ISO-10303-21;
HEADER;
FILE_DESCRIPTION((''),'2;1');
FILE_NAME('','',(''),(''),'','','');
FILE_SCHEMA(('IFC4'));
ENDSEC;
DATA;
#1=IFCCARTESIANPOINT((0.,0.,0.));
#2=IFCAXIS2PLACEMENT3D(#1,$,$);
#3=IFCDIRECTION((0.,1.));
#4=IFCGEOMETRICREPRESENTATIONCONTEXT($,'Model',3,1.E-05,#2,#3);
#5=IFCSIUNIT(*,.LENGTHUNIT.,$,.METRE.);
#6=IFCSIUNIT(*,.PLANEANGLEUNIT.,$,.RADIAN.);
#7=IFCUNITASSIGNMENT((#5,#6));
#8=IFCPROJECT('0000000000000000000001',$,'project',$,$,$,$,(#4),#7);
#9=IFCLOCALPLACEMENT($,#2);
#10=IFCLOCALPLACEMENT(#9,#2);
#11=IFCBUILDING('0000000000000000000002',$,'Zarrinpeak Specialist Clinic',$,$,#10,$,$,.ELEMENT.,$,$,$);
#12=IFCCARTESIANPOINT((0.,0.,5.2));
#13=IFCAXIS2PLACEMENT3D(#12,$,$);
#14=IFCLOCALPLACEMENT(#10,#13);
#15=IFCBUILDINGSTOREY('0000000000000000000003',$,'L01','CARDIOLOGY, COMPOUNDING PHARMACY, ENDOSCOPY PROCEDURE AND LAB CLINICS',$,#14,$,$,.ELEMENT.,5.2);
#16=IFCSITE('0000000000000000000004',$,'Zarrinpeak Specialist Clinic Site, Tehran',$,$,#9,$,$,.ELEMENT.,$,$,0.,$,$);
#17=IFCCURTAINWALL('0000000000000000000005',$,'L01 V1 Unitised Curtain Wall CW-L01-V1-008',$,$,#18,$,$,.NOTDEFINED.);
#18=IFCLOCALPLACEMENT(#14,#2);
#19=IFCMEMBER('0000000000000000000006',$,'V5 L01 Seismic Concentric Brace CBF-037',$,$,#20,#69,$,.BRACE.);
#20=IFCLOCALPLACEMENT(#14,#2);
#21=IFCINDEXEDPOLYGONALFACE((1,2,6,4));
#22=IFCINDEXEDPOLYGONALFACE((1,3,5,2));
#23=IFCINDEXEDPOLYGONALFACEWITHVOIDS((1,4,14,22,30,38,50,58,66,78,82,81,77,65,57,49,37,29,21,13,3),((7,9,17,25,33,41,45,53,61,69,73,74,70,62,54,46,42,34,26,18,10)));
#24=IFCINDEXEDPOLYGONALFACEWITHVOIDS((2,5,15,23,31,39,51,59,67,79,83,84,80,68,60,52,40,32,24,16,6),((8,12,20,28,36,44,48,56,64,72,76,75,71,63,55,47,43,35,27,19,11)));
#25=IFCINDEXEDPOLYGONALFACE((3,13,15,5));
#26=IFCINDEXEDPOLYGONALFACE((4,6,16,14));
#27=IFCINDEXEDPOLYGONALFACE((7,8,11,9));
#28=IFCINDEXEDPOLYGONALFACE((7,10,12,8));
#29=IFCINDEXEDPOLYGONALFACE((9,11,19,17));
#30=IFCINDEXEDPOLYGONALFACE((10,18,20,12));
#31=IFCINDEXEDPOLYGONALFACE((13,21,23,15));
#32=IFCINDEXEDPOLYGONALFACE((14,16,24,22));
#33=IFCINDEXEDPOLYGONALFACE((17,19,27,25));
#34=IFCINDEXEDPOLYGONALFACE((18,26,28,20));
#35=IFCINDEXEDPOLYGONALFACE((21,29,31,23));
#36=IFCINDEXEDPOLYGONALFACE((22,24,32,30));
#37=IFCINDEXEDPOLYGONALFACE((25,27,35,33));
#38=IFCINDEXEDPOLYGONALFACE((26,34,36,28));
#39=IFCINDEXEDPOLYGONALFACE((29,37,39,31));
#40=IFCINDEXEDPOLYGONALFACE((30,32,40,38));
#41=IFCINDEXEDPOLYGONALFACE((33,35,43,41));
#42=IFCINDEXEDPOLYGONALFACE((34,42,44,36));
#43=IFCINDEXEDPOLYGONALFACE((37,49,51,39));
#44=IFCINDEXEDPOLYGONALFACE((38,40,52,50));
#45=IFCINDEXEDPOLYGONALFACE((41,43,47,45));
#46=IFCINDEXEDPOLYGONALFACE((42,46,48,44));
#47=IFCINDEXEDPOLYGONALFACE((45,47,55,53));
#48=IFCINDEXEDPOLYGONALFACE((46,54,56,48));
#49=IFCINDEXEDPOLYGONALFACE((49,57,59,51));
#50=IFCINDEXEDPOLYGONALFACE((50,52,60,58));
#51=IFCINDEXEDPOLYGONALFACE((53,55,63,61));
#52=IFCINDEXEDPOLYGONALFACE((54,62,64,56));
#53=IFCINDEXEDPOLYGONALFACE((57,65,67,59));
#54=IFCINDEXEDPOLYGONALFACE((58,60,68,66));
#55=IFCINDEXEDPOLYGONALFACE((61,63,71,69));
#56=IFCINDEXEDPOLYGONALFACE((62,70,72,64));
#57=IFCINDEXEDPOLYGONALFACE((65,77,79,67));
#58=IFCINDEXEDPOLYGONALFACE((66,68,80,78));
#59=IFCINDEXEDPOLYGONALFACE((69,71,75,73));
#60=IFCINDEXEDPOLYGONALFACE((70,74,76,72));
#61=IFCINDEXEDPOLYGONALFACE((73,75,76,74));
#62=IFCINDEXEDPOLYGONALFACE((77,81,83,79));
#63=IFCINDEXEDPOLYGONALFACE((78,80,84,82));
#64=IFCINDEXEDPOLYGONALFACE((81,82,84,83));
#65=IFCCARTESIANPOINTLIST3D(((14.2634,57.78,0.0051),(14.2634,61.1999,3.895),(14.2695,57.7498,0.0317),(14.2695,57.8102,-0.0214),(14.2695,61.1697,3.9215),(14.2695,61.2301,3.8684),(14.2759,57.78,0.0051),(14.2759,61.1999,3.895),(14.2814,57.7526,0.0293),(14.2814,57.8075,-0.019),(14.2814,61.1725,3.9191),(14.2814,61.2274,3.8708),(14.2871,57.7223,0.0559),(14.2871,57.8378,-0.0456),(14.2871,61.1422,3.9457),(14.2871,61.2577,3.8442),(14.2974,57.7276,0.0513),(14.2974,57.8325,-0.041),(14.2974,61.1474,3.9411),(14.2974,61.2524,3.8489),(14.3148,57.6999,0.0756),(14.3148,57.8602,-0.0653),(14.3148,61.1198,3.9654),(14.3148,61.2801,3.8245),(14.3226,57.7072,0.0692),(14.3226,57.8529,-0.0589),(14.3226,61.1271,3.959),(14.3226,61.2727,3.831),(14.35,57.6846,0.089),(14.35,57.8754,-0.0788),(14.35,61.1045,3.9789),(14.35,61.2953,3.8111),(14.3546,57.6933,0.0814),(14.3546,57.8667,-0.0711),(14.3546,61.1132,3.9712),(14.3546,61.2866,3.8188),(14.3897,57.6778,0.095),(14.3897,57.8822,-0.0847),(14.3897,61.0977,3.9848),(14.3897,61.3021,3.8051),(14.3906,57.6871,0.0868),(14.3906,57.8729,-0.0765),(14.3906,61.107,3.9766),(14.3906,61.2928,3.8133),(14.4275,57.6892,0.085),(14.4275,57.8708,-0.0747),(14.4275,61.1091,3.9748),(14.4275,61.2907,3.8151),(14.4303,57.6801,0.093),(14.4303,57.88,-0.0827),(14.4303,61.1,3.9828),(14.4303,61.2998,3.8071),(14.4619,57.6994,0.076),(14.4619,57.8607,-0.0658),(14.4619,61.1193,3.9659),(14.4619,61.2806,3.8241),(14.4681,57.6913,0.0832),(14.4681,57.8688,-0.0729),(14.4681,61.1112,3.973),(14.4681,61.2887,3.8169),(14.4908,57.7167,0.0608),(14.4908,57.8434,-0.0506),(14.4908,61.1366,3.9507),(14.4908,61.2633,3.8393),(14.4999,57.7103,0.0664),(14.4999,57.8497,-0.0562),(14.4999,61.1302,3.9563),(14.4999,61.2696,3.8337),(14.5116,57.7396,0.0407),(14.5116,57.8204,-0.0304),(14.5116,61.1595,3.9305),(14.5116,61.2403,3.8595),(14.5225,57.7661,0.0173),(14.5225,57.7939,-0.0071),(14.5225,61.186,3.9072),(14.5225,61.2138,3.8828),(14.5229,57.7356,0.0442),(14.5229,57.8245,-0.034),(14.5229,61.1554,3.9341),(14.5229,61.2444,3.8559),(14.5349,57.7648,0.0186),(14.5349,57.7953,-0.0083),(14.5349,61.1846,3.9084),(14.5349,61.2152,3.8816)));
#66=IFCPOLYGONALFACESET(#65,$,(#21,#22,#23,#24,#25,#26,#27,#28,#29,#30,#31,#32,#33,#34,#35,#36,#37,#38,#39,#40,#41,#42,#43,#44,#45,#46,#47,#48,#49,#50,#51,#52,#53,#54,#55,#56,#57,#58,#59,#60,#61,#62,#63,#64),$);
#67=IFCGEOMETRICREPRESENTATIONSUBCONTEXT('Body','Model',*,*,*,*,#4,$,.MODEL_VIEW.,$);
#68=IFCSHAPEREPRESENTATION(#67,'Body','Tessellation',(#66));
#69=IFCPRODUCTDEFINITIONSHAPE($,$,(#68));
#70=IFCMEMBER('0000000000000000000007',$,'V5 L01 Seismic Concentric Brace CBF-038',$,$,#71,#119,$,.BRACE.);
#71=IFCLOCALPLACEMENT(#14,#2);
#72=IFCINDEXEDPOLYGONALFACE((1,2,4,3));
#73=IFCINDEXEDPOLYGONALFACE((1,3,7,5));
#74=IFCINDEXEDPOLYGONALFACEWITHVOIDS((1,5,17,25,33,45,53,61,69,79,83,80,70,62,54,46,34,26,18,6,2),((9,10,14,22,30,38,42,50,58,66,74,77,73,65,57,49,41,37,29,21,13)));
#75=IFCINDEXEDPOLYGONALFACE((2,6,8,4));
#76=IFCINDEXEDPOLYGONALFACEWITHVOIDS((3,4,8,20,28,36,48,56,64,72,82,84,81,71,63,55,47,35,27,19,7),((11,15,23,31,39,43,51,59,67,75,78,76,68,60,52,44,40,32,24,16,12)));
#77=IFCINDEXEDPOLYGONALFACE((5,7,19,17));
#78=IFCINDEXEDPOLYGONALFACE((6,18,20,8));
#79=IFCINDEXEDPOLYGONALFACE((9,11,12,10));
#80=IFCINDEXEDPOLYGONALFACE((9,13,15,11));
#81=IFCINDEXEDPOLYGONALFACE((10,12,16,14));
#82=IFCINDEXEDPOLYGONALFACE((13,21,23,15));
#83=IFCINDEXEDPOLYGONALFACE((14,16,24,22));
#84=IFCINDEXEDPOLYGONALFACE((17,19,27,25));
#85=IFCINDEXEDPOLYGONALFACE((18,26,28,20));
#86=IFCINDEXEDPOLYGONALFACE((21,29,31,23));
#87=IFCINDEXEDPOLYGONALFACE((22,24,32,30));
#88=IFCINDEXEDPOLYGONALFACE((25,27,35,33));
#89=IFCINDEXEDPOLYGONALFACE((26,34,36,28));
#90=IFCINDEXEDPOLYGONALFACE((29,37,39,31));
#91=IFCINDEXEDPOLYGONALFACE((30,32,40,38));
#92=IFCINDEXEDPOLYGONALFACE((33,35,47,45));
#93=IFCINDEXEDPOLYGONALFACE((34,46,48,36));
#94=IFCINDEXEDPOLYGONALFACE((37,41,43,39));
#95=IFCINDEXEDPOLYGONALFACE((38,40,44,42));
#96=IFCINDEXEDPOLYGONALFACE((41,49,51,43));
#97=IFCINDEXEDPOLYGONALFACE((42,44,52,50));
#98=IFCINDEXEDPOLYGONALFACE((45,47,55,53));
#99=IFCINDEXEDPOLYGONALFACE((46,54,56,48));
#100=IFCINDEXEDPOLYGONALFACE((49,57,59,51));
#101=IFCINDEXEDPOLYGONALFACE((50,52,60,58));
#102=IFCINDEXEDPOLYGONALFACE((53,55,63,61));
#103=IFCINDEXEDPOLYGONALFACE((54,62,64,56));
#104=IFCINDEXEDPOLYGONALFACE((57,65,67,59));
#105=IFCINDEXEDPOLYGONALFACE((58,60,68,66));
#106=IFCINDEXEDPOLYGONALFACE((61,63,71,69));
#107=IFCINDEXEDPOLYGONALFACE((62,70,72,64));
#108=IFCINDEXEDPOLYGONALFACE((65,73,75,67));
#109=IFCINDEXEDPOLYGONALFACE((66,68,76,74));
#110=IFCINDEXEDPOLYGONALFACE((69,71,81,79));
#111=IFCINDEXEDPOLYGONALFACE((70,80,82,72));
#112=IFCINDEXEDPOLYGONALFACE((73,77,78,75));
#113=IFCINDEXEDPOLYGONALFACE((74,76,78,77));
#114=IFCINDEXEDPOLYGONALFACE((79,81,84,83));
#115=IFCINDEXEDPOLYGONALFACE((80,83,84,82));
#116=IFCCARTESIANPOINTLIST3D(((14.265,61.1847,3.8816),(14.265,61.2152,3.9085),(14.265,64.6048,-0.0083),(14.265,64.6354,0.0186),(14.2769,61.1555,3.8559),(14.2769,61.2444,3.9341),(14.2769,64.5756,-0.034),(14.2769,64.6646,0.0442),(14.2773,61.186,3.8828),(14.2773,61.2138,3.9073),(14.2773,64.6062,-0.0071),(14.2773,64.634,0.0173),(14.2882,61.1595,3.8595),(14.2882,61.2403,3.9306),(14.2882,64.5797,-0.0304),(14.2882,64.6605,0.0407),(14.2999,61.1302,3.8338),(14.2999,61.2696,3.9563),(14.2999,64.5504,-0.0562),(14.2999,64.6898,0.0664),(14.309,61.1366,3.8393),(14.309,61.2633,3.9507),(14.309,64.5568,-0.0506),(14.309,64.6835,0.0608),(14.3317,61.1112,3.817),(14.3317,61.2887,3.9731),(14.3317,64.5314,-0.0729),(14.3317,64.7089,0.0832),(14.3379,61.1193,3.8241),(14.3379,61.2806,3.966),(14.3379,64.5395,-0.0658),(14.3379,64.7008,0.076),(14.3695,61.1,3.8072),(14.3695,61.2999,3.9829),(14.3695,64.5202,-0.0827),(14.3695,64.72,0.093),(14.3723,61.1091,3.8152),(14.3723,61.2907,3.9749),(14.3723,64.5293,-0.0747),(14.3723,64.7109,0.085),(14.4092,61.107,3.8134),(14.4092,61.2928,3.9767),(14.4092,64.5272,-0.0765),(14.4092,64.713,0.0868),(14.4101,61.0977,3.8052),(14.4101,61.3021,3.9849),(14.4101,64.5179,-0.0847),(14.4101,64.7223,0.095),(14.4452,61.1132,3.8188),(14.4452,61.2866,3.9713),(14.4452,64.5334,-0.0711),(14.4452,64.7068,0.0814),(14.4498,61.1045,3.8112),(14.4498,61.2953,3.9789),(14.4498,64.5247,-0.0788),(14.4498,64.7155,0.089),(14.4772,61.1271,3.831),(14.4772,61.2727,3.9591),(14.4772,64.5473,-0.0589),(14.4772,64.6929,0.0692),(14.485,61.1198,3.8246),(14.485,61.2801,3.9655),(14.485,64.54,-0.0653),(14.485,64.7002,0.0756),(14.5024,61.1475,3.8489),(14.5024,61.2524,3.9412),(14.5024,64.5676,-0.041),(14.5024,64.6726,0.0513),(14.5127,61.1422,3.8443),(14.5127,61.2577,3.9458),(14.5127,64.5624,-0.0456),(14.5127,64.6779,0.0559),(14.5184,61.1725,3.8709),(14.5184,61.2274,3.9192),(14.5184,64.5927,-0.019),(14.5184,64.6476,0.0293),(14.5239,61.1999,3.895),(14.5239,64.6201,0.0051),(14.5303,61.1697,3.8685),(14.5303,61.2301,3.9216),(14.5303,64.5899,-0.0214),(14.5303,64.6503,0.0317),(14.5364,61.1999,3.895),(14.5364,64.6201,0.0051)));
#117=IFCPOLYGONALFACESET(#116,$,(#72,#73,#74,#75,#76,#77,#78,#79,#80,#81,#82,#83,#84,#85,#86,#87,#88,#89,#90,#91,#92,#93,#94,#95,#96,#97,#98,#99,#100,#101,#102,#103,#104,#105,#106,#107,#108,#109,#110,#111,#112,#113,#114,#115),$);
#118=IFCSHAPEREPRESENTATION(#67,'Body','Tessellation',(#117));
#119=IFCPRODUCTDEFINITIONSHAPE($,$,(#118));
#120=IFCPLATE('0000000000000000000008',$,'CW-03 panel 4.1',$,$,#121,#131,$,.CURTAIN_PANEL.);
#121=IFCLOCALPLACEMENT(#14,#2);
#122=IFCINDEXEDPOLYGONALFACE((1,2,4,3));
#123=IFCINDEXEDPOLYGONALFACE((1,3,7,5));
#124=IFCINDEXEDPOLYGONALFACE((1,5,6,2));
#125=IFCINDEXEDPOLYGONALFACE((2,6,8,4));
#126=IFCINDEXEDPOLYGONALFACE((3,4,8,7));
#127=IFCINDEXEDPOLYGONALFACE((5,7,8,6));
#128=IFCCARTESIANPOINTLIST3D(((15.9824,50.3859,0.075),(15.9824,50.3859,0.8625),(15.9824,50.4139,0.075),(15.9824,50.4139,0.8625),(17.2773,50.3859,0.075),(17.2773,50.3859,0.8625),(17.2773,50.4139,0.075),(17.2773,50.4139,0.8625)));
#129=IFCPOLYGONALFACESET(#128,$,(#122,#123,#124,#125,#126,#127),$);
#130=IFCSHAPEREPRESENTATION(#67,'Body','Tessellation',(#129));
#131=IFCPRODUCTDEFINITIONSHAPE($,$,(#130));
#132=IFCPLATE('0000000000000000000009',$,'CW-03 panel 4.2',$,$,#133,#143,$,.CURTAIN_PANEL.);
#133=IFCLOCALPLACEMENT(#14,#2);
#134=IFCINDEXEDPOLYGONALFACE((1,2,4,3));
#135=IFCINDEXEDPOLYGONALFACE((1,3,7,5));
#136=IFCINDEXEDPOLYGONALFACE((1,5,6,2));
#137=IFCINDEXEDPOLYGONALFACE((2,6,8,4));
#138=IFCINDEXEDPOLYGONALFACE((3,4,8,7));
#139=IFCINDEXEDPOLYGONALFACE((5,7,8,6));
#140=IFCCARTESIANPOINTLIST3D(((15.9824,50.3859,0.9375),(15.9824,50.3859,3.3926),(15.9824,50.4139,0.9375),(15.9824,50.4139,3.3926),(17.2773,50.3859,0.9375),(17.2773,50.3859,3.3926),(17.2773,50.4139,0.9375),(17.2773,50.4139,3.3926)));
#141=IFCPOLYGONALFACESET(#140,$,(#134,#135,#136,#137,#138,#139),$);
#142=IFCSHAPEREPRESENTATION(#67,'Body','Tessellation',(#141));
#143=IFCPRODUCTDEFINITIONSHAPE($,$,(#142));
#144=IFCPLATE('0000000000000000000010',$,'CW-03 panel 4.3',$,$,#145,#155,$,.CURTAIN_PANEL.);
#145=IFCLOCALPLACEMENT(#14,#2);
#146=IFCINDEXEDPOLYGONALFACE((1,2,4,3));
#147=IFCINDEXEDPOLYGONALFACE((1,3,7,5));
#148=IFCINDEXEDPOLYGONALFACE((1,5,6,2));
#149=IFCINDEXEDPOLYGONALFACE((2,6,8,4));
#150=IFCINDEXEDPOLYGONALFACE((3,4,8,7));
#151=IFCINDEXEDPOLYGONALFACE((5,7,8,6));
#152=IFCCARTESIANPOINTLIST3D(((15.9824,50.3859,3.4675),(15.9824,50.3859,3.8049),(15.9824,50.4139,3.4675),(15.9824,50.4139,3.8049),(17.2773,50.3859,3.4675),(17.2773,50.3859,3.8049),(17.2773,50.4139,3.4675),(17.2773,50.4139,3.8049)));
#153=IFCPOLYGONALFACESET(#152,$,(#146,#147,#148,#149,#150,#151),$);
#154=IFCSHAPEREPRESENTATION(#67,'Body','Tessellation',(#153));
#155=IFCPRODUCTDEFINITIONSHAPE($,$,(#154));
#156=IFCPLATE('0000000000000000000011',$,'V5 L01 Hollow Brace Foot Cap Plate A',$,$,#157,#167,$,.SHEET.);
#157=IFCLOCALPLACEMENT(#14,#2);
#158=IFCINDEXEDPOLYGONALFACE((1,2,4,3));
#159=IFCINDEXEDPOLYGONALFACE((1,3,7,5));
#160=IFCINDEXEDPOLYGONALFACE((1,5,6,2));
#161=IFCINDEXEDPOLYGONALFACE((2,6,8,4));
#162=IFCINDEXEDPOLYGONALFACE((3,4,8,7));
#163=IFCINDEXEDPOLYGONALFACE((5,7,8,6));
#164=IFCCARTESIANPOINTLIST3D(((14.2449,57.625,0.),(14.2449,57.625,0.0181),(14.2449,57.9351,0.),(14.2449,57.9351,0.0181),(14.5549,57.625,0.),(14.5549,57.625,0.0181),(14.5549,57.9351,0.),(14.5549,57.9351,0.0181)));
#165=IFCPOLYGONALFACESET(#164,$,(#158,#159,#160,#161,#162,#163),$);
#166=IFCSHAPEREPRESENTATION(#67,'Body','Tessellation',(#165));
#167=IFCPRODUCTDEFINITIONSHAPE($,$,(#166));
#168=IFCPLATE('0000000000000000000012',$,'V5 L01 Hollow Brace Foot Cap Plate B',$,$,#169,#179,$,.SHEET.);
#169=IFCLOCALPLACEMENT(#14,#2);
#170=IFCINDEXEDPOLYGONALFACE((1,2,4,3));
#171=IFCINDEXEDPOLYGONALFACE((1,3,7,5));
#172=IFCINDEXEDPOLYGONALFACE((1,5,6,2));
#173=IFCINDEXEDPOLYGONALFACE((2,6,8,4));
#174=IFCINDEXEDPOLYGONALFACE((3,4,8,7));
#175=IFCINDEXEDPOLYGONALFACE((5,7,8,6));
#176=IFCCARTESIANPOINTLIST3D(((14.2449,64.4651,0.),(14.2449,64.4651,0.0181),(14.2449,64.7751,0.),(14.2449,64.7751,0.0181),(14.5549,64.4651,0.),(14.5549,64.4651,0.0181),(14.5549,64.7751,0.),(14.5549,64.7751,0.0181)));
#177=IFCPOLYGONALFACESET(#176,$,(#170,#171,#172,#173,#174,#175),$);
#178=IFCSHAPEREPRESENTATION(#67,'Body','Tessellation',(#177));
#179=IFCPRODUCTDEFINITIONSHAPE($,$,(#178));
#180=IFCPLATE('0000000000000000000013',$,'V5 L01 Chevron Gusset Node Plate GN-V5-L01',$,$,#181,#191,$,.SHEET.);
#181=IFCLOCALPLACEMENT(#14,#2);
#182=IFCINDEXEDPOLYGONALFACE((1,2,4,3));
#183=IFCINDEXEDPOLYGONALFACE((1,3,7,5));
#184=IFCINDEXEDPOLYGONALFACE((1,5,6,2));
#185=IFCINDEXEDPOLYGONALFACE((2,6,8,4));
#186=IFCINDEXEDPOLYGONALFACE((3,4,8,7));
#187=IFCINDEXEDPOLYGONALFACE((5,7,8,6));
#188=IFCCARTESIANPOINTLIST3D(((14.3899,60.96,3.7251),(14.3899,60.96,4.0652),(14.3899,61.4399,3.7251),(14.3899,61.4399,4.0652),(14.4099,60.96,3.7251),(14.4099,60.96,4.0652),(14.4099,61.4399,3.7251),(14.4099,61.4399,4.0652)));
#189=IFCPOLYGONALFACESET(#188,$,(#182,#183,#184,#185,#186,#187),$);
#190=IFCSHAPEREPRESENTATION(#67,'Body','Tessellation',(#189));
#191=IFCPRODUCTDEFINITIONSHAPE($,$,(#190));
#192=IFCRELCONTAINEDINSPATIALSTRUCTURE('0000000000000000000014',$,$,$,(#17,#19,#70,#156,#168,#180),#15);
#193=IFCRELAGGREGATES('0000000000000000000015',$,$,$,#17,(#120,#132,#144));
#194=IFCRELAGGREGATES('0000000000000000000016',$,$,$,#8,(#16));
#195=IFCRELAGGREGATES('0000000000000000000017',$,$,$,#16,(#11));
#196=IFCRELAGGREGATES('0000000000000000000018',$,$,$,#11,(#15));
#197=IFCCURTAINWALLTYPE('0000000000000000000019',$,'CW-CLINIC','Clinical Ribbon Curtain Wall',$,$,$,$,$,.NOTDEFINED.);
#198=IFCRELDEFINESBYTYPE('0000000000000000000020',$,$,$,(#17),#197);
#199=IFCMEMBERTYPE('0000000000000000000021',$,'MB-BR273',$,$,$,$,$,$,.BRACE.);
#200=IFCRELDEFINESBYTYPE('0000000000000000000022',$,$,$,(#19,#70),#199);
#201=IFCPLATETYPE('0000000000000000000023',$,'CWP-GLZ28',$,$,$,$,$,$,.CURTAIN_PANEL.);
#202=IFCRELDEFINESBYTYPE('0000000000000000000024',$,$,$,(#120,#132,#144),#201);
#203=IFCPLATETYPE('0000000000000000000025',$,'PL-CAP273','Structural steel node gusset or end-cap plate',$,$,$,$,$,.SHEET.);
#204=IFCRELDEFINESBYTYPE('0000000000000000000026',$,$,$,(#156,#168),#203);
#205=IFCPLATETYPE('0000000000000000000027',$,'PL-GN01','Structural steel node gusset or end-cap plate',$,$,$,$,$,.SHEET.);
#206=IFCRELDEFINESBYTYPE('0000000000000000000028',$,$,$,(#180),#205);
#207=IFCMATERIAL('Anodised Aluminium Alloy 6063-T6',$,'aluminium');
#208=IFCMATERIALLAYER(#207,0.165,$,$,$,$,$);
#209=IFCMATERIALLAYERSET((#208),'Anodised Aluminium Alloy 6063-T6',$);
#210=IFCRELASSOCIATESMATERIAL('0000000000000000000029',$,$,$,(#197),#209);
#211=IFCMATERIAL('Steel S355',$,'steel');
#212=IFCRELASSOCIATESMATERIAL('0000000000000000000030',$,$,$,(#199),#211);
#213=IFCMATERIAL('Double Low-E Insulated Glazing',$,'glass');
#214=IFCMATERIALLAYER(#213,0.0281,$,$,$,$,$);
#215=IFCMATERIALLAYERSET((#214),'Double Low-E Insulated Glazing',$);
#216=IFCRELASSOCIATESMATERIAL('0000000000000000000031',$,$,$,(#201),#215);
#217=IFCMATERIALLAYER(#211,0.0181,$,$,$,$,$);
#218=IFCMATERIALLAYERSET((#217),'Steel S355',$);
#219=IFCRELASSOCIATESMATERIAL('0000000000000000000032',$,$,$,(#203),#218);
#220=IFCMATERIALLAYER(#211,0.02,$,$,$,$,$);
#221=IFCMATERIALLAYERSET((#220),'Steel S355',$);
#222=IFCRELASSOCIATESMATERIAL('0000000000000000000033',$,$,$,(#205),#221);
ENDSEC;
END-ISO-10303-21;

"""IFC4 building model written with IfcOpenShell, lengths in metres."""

from ifc_helpers import new_model, si_unit, direction, frame, origin, origin_2d, place, context, subcontext, project, spatial, rectangle, hollow_circle, extrude, material, layer, layer_set, material_profile, profile_set, type_object, element, aggregate, save


model = new_model("IFC4")

# Units and contexts
model_context = context("Model", 3, precision=1e-05, world=origin(), true_north=direction((0.0, 1.0)))
body_context = subcontext(model_context, "Body", "Model", "MODEL_VIEW")
ifc_project = project(units=[si_unit("LENGTHUNIT", "METRE"), si_unit("PLANEANGLEUNIT", "RADIAN")], contexts=[model_context])

# Site, building, storey
site_placement = place(None, origin())
site = spatial("IfcSite", under=ifc_project, at=site_placement, Name="Zarrinpeak Specialist Clinic Site, Tehran", CompositionType="ELEMENT", RefElevation=0.0)
building_placement = place(site_placement, origin())
building = spatial("IfcBuilding", under=site, at=building_placement, Name="Zarrinpeak Specialist Clinic", CompositionType="ELEMENT")
storey_placement = place(building_placement, frame((0.0, 0.0, 5.2)))
storey = spatial("IfcBuildingStorey", under=building, at=storey_placement, Name="L01", Description="CARDIOLOGY, COMPOUNDING PHARMACY, ENDOSCOPY PROCEDURE AND LAB CLINICS", CompositionType="ELEMENT", Elevation=5.2)

# Shared definitions
ifc_material_1 = material(Name="Steel S355", Category="steel")

# Curtain wall
ifc_material_2 = material(Name="Anodised Aluminium Alloy 6063-T6", Category="aluminium")
ifc_layer_1 = layer(ifc_material_2, 0.165)
ifc_layer_set_1 = layer_set([ifc_layer_1], Name="Anodised Aluminium Alloy 6063-T6")
curtain_wall_type = type_object("IfcCurtainWallType", Name="CW-CLINIC", Description="Clinical Ribbon Curtain Wall", PredefinedType="NOTDEFINED", material=ifc_layer_set_1)
curtain_wall_placement = place(storey_placement, origin())
curtain_wall = element("IfcCurtainWall", 1, at=curtain_wall_placement, inside=storey, type_object=curtain_wall_type, Name="L01 V1 Unitised Curtain Wall CW-L01-V1-008", PredefinedType="NOTDEFINED")

# Members
ifc_material_profile_1 = material_profile(ifc_material_1, hollow_circle(Radius=0.1365, WallThickness=0.0125, at=origin_2d()), Name="CHS 273.0x12.5")
ifc_profile_set_1 = profile_set([ifc_material_profile_1], Name="Steel S355")
member_type_1 = type_object("IfcMemberType", Name="MB-BR273", PredefinedType="BRACE", material=ifc_profile_set_1)
member_1_placement = place(storey_placement, frame((14.3999, 57.78, 0.0051), z_axis=(0.0, 0.660281, 0.751018), x_axis=(-1.0, 0.0, 0.0)))
element("IfcMember", 2, at=member_1_placement, inside=storey, type_object=member_type_1, Name="V5 L01 Seismic Concentric Brace CBF-037", PredefinedType="BRACE", context=body_context, shape_type="SweptSolid", body=[
    extrude(hollow_circle(Radius=0.1365, WallThickness=0.0125, at=origin_2d()), origin(), (0.0, 0.0, 1.0), 5.1794),
])
member_2_placement = place(storey_placement, frame((14.3999, 64.6201, 0.0051), z_axis=(0.0, -0.660308, 0.750995), x_axis=(1.0, 0.0, 0.0)))
element("IfcMember", 3, at=member_2_placement, inside=storey, type_object=member_type_1, Name="V5 L01 Seismic Concentric Brace CBF-038", PredefinedType="BRACE", context=body_context, shape_type="SweptSolid", body=[
    extrude(hollow_circle(Radius=0.1365, WallThickness=0.0125, at=origin_2d()), origin(), (0.0, 0.0, 1.0), 5.1797),
])

# Plates
ifc_material_3 = material(Name="Double Low-E Insulated Glazing", Category="glass")
ifc_layer_2 = layer(ifc_material_3, 0.0281)
ifc_layer_set_2 = layer_set([ifc_layer_2], Name="Double Low-E Insulated Glazing")
plate_type_1 = type_object("IfcPlateType", Name="CWP-GLZ28", PredefinedType="CURTAIN_PANEL", material=ifc_layer_set_2)
plate_1_placement = place(storey_placement, frame((16.6299, 50.3999, 0.075), z_axis=(0.0, 0.0, 1.0), x_axis=(-1.0, 0.0, 0.0)))
plate_1 = element("IfcPlate", 4, at=plate_1_placement, type_object=plate_type_1, Name="CW-03 panel 4.1", PredefinedType="CURTAIN_PANEL", context=body_context, shape_type="SweptSolid", body=[
    extrude(rectangle(XDim=1.2949, YDim=0.0281, at=origin_2d()), origin(), (0.0, 0.0, 1.0), 0.7876),
])
plate_2_placement = place(storey_placement, frame((16.6299, 50.3999, 0.9375), z_axis=(0.0, 0.0, 1.0), x_axis=(-1.0, 0.0, 0.0)))
plate_2 = element("IfcPlate", 5, at=plate_2_placement, type_object=plate_type_1, Name="CW-03 panel 4.2", PredefinedType="CURTAIN_PANEL", context=body_context, shape_type="SweptSolid", body=[
    extrude(rectangle(XDim=1.2949, YDim=0.0281, at=origin_2d()), origin(), (0.0, 0.0, 1.0), 2.4551),
])
plate_3_placement = place(storey_placement, frame((16.6299, 50.3999, 3.4675), z_axis=(0.0, 0.0, 1.0), x_axis=(-1.0, 0.0, 0.0)))
plate_3 = element("IfcPlate", 6, at=plate_3_placement, type_object=plate_type_1, Name="CW-03 panel 4.3", PredefinedType="CURTAIN_PANEL", context=body_context, shape_type="SweptSolid", body=[
    extrude(rectangle(XDim=1.2949, YDim=0.0281, at=origin_2d()), origin(), (0.0, 0.0, 1.0), 0.3374),
])
aggregate(curtain_wall, [plate_1, plate_2, plate_3])

# Plates
ifc_layer_3 = layer(ifc_material_1, 0.0181)
ifc_layer_set_3 = layer_set([ifc_layer_3], Name="Steel S355")
plate_type_2 = type_object("IfcPlateType", Name="PL-CAP273", Description="Structural steel node gusset or end-cap plate", PredefinedType="SHEET", material=ifc_layer_set_3)
for number, where, z_axis, x_axis, name in (
    (7, (14.3999, 57.78, 0.0), (0.0, 0.0, 1.0), (1.0, 0.0, 0.0), "V5 L01 Hollow Brace Foot Cap Plate A"),
    (8, (14.3999, 64.6201, 0.0), (0.0, 0.0, 1.0), (1.0, 0.0, 0.0), "V5 L01 Hollow Brace Foot Cap Plate B"),
):
    element("IfcPlate", number, at=place(storey_placement, frame(where, z_axis=z_axis, x_axis=x_axis)), inside=storey, type_object=plate_type_2, Name=name, PredefinedType="SHEET", context=body_context, shape_type="SweptSolid", body=[
        extrude(rectangle(XDim=0.3101, YDim=0.3101, at=origin_2d()), origin(), (0.0, 0.0, 1.0), 0.0181),
    ])
ifc_layer_4 = layer(ifc_material_1, 0.02)
ifc_layer_set_4 = layer_set([ifc_layer_4], Name="Steel S355")
plate_type_3 = type_object("IfcPlateType", Name="PL-GN01", Description="Structural steel node gusset or end-cap plate", PredefinedType="SHEET", material=ifc_layer_set_4)
plate_4_placement = place(storey_placement, frame((14.3999, 61.2, 3.7251), z_axis=(0.0, 0.0, 1.0), x_axis=(1.0, 0.0, 0.0)))
element("IfcPlate", 9, at=plate_4_placement, inside=storey, type_object=plate_type_3, Name="V5 L01 Chevron Gusset Node Plate GN-V5-L01", PredefinedType="SHEET", context=body_context, shape_type="SweptSolid", body=[
    extrude(rectangle(XDim=0.02, YDim=0.48, at=origin_2d()), origin(), (0.0, 0.0, 1.0), 0.3401),
])

save(model, "model.ifc")
